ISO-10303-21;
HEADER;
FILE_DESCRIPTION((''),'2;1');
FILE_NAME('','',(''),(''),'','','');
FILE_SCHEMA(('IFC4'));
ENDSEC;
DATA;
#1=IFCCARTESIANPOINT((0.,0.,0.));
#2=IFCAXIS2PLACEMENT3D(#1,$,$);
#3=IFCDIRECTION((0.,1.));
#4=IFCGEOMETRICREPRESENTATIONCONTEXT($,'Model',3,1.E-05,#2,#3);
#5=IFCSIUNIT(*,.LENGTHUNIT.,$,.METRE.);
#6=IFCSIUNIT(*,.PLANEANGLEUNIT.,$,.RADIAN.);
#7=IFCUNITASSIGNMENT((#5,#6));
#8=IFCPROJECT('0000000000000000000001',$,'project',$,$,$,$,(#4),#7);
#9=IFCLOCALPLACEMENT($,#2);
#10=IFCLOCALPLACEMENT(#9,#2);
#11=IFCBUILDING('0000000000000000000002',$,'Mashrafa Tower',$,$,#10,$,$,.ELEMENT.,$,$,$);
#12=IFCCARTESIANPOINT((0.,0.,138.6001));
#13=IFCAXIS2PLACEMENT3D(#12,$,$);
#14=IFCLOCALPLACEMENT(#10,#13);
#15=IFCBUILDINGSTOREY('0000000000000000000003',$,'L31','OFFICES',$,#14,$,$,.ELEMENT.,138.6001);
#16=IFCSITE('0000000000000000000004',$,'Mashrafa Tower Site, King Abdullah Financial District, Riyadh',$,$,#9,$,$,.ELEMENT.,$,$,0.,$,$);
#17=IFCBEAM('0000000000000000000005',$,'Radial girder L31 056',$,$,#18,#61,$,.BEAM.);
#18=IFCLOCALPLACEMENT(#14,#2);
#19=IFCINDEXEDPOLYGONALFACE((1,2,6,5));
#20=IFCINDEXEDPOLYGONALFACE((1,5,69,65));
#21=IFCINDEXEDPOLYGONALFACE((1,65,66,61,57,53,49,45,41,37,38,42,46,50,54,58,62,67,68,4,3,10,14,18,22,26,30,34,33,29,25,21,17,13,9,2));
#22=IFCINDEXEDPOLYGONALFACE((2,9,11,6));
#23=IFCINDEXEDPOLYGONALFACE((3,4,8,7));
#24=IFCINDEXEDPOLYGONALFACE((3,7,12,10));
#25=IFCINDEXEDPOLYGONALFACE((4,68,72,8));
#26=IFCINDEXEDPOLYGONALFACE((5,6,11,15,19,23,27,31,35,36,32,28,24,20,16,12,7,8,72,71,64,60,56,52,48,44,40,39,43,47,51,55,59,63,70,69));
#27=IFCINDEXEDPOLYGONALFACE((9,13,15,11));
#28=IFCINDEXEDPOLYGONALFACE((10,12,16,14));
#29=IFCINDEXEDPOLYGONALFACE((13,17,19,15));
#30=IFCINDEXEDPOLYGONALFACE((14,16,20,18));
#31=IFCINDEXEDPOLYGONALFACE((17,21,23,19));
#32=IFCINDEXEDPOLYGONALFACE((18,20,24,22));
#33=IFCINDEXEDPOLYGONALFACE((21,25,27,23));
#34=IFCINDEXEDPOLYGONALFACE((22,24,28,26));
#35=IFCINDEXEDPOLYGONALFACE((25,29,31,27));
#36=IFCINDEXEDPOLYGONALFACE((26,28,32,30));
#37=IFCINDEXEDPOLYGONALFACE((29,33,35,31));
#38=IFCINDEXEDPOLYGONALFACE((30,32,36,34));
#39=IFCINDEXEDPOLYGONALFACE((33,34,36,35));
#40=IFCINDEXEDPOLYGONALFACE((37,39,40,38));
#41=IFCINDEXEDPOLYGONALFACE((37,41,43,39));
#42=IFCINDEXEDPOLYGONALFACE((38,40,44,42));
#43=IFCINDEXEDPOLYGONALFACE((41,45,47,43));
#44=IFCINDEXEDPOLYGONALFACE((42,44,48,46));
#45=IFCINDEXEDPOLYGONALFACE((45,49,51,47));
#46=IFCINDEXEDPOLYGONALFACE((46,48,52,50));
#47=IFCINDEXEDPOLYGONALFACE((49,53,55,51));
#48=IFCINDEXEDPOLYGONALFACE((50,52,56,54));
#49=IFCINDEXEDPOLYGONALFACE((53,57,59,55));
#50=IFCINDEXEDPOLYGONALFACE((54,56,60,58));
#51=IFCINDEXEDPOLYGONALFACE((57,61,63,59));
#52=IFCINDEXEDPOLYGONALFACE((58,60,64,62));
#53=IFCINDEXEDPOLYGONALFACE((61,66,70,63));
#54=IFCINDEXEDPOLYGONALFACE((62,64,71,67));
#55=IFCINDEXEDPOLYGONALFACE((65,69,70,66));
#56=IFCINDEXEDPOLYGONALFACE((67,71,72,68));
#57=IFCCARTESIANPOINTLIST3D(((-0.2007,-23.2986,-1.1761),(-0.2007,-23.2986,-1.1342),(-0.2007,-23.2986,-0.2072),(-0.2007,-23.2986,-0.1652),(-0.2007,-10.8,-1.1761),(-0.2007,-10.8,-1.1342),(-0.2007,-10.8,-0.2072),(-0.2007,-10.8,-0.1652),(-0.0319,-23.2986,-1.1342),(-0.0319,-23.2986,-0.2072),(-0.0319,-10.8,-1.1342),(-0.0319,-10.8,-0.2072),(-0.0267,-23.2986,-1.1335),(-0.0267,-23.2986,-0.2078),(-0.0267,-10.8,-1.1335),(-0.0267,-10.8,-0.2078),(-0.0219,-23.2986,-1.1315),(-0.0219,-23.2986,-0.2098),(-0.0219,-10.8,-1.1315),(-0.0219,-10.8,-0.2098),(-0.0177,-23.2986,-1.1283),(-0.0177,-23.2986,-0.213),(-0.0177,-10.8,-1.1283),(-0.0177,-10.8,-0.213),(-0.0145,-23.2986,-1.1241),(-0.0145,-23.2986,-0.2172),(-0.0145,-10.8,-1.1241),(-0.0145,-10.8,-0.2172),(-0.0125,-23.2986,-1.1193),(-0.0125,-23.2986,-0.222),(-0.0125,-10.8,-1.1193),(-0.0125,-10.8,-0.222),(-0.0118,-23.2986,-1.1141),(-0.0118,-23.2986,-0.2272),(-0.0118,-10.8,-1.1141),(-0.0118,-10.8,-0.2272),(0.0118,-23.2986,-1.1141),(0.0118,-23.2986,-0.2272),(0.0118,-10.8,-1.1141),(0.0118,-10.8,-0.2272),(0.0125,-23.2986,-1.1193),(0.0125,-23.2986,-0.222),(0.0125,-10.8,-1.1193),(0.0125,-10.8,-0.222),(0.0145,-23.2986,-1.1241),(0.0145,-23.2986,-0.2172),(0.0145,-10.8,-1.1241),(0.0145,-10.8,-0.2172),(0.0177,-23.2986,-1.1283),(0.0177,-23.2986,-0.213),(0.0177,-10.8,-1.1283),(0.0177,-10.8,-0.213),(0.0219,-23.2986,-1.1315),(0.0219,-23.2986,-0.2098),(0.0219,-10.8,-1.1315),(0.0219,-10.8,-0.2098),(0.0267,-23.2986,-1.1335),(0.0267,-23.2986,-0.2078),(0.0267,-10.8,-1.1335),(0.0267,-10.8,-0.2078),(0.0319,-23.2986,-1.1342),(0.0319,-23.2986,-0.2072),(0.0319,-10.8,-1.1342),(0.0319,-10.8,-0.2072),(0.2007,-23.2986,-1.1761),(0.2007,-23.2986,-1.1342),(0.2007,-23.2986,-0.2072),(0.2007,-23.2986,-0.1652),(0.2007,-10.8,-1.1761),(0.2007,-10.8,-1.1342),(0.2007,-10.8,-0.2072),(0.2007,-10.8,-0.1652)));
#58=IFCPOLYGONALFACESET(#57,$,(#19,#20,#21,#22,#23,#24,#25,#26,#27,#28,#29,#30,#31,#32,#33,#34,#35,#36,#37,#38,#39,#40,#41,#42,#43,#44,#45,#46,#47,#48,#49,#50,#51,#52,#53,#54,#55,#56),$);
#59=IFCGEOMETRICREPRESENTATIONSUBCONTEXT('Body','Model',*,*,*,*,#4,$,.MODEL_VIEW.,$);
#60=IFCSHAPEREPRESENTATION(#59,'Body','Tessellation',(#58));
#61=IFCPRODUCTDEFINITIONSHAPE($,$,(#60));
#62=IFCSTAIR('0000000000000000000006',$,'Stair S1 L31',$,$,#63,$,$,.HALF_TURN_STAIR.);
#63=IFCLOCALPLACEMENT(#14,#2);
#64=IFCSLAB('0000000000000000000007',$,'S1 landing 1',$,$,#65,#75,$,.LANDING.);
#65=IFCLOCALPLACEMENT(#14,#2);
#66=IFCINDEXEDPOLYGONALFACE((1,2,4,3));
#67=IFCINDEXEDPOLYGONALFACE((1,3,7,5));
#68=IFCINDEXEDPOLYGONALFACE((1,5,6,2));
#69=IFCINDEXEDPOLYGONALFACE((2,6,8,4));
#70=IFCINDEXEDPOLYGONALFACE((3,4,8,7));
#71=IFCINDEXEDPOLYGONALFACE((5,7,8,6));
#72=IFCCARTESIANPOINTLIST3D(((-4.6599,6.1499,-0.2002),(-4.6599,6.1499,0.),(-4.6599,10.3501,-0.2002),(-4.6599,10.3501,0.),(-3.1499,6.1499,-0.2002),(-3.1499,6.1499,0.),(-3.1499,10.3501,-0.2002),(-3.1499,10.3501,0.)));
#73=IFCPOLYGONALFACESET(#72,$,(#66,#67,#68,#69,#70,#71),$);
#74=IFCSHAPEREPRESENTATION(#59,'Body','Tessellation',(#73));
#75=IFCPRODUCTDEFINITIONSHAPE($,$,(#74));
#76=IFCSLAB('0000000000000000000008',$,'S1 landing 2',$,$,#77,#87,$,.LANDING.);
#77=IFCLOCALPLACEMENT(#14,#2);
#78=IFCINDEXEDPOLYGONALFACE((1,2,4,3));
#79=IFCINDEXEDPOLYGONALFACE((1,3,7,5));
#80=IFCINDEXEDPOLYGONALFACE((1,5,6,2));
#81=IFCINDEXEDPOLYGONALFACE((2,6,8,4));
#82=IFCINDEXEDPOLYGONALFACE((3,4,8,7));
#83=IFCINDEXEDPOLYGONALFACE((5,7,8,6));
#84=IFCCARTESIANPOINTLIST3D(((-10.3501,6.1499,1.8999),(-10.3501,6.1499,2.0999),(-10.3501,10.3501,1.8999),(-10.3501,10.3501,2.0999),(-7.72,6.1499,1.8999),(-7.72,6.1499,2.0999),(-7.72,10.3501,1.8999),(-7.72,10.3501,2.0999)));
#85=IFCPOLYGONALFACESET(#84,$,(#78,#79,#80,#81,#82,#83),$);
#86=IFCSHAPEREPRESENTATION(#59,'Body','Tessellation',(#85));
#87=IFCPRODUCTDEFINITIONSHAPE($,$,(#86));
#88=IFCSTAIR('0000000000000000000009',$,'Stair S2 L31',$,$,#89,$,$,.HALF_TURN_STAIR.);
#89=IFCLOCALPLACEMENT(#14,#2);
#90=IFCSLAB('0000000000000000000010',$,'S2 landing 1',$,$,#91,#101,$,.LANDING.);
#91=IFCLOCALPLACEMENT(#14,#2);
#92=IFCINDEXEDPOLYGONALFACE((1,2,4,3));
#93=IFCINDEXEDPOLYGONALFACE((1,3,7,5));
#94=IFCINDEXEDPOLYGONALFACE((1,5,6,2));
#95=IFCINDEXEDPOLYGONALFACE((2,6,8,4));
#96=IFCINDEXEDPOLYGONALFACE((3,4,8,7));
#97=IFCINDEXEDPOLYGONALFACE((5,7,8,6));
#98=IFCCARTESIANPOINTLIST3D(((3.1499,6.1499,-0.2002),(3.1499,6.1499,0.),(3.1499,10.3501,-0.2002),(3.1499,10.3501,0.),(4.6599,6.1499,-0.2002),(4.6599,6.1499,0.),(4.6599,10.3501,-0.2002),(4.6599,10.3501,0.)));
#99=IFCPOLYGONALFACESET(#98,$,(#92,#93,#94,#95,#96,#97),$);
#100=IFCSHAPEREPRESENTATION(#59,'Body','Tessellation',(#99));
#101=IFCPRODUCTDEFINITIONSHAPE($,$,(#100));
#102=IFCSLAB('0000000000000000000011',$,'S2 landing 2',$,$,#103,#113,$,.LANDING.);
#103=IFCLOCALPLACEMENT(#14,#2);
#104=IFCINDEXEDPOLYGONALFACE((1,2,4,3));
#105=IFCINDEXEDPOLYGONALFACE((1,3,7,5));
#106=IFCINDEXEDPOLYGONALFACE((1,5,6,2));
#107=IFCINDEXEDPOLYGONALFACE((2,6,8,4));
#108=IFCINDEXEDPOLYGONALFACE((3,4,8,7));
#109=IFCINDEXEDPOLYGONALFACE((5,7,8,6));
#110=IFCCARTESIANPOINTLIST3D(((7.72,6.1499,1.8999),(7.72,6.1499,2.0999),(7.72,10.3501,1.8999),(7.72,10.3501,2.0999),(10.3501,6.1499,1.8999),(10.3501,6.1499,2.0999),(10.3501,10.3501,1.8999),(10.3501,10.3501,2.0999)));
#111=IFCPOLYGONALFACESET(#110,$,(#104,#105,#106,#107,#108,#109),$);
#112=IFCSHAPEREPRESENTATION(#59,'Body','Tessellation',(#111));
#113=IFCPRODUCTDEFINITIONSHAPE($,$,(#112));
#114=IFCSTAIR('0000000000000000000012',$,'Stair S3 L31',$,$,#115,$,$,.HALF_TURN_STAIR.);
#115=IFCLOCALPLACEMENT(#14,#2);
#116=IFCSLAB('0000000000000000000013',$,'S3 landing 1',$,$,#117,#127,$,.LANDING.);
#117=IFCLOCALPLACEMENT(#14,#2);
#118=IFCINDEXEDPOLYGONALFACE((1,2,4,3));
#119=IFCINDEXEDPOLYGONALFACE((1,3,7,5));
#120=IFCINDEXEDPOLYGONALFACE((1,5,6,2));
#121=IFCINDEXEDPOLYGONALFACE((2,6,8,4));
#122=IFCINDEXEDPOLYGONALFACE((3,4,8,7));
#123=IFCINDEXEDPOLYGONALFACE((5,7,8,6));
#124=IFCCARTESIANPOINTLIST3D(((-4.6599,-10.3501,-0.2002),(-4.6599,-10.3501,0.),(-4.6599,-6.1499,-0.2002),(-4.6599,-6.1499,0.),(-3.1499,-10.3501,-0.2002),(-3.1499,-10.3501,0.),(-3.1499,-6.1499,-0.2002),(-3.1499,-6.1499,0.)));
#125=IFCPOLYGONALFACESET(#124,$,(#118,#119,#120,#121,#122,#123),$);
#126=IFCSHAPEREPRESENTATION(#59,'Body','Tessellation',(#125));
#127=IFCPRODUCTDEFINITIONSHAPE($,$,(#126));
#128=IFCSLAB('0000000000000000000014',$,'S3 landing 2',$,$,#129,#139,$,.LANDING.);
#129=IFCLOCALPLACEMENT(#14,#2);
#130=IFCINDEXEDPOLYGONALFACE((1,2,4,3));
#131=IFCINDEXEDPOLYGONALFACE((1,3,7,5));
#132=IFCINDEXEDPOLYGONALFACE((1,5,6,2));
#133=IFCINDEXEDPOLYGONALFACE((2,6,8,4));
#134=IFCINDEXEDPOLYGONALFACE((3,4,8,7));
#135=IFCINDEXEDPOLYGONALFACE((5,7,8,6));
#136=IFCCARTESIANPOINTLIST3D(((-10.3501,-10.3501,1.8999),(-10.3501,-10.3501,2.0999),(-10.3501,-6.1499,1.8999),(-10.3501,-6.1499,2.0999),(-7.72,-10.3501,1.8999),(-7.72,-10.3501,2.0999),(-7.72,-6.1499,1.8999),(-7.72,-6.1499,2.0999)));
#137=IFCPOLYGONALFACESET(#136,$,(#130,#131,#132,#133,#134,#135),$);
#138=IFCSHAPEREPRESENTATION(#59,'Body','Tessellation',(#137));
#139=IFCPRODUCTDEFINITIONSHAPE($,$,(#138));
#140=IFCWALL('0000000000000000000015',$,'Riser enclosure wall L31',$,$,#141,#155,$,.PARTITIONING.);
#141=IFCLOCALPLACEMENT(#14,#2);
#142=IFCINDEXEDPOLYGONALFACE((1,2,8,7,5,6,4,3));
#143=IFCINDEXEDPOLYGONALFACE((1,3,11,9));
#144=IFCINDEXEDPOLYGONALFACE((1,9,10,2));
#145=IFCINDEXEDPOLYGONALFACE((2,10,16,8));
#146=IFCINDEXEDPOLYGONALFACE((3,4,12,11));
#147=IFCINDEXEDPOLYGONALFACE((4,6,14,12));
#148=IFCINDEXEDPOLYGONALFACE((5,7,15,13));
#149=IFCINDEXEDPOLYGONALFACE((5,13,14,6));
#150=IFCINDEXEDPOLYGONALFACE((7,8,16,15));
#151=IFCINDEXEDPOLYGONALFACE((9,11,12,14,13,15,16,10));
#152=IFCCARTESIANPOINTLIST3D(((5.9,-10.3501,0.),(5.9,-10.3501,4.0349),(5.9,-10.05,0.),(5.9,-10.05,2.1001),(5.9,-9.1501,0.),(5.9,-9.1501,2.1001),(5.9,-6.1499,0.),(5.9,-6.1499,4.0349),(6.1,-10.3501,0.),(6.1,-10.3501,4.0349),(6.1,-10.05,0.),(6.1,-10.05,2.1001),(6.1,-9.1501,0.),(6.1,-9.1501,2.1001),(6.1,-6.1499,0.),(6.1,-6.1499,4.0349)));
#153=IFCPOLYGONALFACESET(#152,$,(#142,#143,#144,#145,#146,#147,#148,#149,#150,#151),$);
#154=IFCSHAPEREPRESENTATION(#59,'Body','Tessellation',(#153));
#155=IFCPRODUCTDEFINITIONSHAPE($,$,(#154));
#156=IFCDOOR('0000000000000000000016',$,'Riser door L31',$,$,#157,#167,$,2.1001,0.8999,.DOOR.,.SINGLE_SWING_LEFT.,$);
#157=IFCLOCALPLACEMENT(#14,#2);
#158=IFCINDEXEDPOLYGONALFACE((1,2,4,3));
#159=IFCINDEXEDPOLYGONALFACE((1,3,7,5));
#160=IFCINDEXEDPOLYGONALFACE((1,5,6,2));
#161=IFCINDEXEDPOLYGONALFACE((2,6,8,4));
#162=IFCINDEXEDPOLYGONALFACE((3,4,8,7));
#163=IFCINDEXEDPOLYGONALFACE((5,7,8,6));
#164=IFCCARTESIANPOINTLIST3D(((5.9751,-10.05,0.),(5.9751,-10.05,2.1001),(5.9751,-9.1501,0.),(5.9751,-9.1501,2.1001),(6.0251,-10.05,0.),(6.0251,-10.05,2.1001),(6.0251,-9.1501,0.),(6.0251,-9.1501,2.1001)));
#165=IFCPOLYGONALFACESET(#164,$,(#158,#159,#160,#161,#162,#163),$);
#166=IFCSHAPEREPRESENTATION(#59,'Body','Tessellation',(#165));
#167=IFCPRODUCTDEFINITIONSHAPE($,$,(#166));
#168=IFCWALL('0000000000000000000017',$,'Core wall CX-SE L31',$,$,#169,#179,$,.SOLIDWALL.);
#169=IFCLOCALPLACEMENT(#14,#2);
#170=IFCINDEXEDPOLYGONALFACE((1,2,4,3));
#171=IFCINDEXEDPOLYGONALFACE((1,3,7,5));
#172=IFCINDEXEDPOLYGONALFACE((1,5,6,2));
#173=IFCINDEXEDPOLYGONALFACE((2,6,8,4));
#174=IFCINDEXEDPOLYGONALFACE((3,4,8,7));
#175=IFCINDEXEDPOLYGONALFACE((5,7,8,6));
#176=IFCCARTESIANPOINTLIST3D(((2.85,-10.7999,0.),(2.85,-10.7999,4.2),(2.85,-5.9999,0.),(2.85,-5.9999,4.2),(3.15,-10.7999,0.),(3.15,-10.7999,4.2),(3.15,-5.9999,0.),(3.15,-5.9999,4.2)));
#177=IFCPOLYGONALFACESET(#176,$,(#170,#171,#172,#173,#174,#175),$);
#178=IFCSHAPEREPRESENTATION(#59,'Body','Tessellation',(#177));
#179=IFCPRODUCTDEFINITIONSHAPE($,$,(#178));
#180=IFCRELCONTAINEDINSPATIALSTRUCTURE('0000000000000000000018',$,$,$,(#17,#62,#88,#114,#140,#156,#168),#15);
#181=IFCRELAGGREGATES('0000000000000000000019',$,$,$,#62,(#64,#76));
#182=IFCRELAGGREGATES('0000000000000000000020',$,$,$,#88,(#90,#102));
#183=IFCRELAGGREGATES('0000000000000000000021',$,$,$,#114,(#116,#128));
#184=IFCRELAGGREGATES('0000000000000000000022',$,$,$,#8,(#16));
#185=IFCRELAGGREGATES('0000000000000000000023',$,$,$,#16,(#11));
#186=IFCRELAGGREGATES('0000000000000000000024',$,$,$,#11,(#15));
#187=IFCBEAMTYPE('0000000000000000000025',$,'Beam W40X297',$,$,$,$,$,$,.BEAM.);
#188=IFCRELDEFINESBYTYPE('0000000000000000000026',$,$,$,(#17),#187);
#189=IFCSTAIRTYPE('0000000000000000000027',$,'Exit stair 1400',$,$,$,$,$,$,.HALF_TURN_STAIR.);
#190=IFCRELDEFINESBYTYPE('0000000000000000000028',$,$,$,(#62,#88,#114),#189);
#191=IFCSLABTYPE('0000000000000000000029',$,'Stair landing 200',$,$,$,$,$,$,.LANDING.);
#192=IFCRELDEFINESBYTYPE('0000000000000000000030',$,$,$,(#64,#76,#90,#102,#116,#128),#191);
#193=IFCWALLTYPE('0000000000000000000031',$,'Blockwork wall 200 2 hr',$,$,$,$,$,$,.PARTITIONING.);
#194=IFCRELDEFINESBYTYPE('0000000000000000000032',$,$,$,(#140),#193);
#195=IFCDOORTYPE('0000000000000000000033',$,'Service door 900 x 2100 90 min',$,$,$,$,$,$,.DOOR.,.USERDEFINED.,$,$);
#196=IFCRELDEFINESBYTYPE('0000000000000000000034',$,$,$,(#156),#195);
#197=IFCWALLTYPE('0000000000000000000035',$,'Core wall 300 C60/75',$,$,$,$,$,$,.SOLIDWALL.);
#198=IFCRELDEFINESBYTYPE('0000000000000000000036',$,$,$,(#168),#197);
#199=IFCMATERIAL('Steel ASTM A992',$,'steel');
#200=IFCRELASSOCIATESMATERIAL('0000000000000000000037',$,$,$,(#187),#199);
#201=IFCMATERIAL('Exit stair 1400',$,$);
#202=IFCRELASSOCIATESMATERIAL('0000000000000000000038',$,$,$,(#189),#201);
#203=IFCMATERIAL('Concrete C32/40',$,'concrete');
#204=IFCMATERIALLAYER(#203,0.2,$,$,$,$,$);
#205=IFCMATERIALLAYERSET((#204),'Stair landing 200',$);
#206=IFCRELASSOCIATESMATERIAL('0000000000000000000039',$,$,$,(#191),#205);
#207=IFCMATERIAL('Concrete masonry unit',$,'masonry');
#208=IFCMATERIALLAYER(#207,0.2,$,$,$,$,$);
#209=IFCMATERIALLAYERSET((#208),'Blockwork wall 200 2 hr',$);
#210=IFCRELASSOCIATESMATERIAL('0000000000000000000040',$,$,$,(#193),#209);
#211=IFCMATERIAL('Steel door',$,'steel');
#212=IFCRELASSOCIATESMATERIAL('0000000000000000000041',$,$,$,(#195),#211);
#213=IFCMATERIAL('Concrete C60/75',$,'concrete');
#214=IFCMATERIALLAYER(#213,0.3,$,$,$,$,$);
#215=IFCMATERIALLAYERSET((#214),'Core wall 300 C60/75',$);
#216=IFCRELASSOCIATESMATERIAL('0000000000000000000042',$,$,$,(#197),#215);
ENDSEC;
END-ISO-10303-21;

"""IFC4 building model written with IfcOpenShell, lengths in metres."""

from ifc_helpers import new_model, si_unit, direction, frame, frame_2d, origin, origin_2d, place, context, subcontext, project, spatial, polyline, rectangle, i_section, outline, extrude, material, layer, layer_set, material_profile, profile_set, type_object, element, fill, aggregate, save


model = new_model("IFC4")

# Units and contexts
model_context = context("Model", 3, precision=1e-05, world=origin(), true_north=direction((0.0, 1.0)))
body_context = subcontext(model_context, "Body", "Model", "MODEL_VIEW")
ifc_project = project(units=[si_unit("LENGTHUNIT", "METRE"), si_unit("PLANEANGLEUNIT", "RADIAN")], contexts=[model_context])

# Site, building, storey
site_placement = place(None, origin())
site = spatial("IfcSite", under=ifc_project, at=site_placement, Name="Mashrafa Tower Site, King Abdullah Financial District, Riyadh", CompositionType="ELEMENT", RefElevation=0.0)
building_placement = place(site_placement, origin())
building = spatial("IfcBuilding", under=site, at=building_placement, Name="Mashrafa Tower", CompositionType="ELEMENT")
storey_placement = place(building_placement, frame((0.0, 0.0, 138.6001)))
storey = spatial("IfcBuildingStorey", under=building, at=storey_placement, Name="L31", Description="OFFICES", CompositionType="ELEMENT", Elevation=138.6001)

# Beam
ifc_material_1 = material(Name="Steel ASTM A992", Category="steel")
ifc_material_profile = material_profile(ifc_material_1, i_section(OverallWidth=0.4014, OverallDepth=1.011, WebThickness=0.0237, FlangeThickness=0.042, FilletRadius=0.02, at=origin_2d()), Name="W40X297")
ifc_profile_set = profile_set([ifc_material_profile], Name="Steel ASTM A992")
beam_type = type_object("IfcBeamType", Name="Beam W40X297", PredefinedType="BEAM", material=ifc_profile_set)
beam_placement = place(storey_placement, frame((0.0, -10.8, -0.6707), z_axis=(0.0, -1.0, 0.0), x_axis=(1.0, 0.0, 0.0)))
element("IfcBeam", 1, at=beam_placement, inside=storey, type_object=beam_type, Name="Radial girder L31 056", PredefinedType="BEAM", context=body_context, shape_type="SweptSolid", body=[
    extrude(i_section(OverallWidth=0.4014, OverallDepth=1.011, WebThickness=0.0237, FlangeThickness=0.042, FilletRadius=0.02, at=origin_2d()), origin(), (0.0, 0.0, 1.0), 12.4985),
])

# Stairs, slabs
ifc_material_2 = material(Name="Exit stair 1400")
stair_type = type_object("IfcStairType", Name="Exit stair 1400", PredefinedType="HALF_TURN_STAIR", material=ifc_material_2)
stair_1_placement = place(storey_placement, origin())
stair_1 = element("IfcStair", 2, at=stair_1_placement, inside=storey, type_object=stair_type, Name="Stair S1 L31", PredefinedType="HALF_TURN_STAIR")
ifc_material_3 = material(Name="Concrete C32/40", Category="concrete")
ifc_layer_1 = layer(ifc_material_3, 0.2)
ifc_layer_set_1 = layer_set([ifc_layer_1], Name="Stair landing 200")
slab_type = type_object("IfcSlabType", Name="Stair landing 200", PredefinedType="LANDING", material=ifc_layer_set_1)
slab_1_placement = place(storey_placement, frame((0.0, 0.0, -0.2002)))
slab_1 = element("IfcSlab", 3, at=slab_1_placement, type_object=slab_type, Name="S1 landing 1", PredefinedType="LANDING", context=body_context, shape_type="SweptSolid", body=[
    extrude(outline(polyline([(-4.6599, 6.1499), (-3.1499, 6.1499), (-3.1499, 10.3501), (-4.6599, 10.3501), (-4.6599, 6.1499)])), origin(), (0.0, 0.0, 1.0), 0.2002),
])
slab_2_placement = place(storey_placement, frame((0.0, 0.0, 1.8999)))
slab_2 = element("IfcSlab", 4, at=slab_2_placement, type_object=slab_type, Name="S1 landing 2", PredefinedType="LANDING", context=body_context, shape_type="SweptSolid", body=[
    extrude(outline(polyline([(-10.3501, 6.1499), (-7.72, 6.1499), (-7.72, 10.3501), (-10.3501, 10.3501), (-10.3501, 6.1499)])), origin(), (0.0, 0.0, 1.0), 0.2),
])
aggregate(stair_1, [slab_1, slab_2])
stair_2_placement = place(storey_placement, origin())
stair_2 = element("IfcStair", 5, at=stair_2_placement, inside=storey, type_object=stair_type, Name="Stair S2 L31", PredefinedType="HALF_TURN_STAIR")
slab_3_placement = place(storey_placement, frame((0.0, 0.0, -0.2002)))
slab_3 = element("IfcSlab", 6, at=slab_3_placement, type_object=slab_type, Name="S2 landing 1", PredefinedType="LANDING", context=body_context, shape_type="SweptSolid", body=[
    extrude(outline(polyline([(3.1499, 6.1499), (4.6599, 6.1499), (4.6599, 10.3501), (3.1499, 10.3501), (3.1499, 6.1499)])), origin(), (0.0, 0.0, 1.0), 0.2002),
])
slab_4_placement = place(storey_placement, frame((0.0, 0.0, 1.8999)))
slab_4 = element("IfcSlab", 7, at=slab_4_placement, type_object=slab_type, Name="S2 landing 2", PredefinedType="LANDING", context=body_context, shape_type="SweptSolid", body=[
    extrude(outline(polyline([(7.72, 6.1499), (10.3501, 6.1499), (10.3501, 10.3501), (7.72, 10.3501), (7.72, 6.1499)])), origin(), (0.0, 0.0, 1.0), 0.2),
])
aggregate(stair_2, [slab_3, slab_4])
stair_3_placement = place(storey_placement, origin())
stair_3 = element("IfcStair", 8, at=stair_3_placement, inside=storey, type_object=stair_type, Name="Stair S3 L31", PredefinedType="HALF_TURN_STAIR")
slab_5_placement = place(storey_placement, frame((0.0, 0.0, -0.2002)))
slab_5 = element("IfcSlab", 9, at=slab_5_placement, type_object=slab_type, Name="S3 landing 1", PredefinedType="LANDING", context=body_context, shape_type="SweptSolid", body=[
    extrude(outline(polyline([(-4.6599, -10.3501), (-3.1499, -10.3501), (-3.1499, -6.1499), (-4.6599, -6.1499), (-4.6599, -10.3501)])), origin(), (0.0, 0.0, 1.0), 0.2002),
])
slab_6_placement = place(storey_placement, frame((0.0, 0.0, 1.8999)))
slab_6 = element("IfcSlab", 10, at=slab_6_placement, type_object=slab_type, Name="S3 landing 2", PredefinedType="LANDING", context=body_context, shape_type="SweptSolid", body=[
    extrude(outline(polyline([(-10.3501, -10.3501), (-7.72, -10.3501), (-7.72, -6.1499), (-10.3501, -6.1499), (-10.3501, -10.3501)])), origin(), (0.0, 0.0, 1.0), 0.2),
])
aggregate(stair_3, [slab_5, slab_6])

# Wall, opening, door
ifc_material_4 = material(Name="Concrete masonry unit", Category="masonry")
ifc_layer_2 = layer(ifc_material_4, 0.2)
ifc_layer_set_2 = layer_set([ifc_layer_2], Name="Blockwork wall 200 2 hr")
wall_type_1 = type_object("IfcWallType", Name="Blockwork wall 200 2 hr", PredefinedType="PARTITIONING", material=ifc_layer_set_2)
wall_1_placement = place(storey_placement, frame((6.0, -10.3501, 0.0), z_axis=(0.0, 0.0, 1.0), x_axis=(0.0, 1.0, 0.0)))
wall_1 = element("IfcWall", 11, at=wall_1_placement, inside=storey, type_object=wall_type_1, Name="Riser enclosure wall L31", PredefinedType="PARTITIONING", context=body_context, shape_type="SweptSolid", body=[
    extrude(rectangle(XDim=4.2002, YDim=0.2, at=frame_2d((2.1001, 0.0))), origin(), (0.0, 0.0, 1.0), 4.0349),
])
opening_1_placement = place(wall_1_placement, frame((0.3, 0.0, 0.0)))
opening_1 = element("IfcOpeningElement", 12, at=opening_1_placement, cuts=wall_1, PredefinedType="OPENING", context=body_context, shape_type="SweptSolid", body=[
    extrude(rectangle(XDim=0.8999, YDim=2.1001, at=frame_2d((0.45, 1.05))), frame((0.0, 0.1099, 0.0), z_axis=(0.0, -1.0, 0.0), x_axis=(1.0, 0.0, 0.0)), (0.0, 0.0, 1.0), 0.22),
])
ifc_material_5 = material(Name="Steel door", Category="steel")
door_type_1 = type_object("IfcDoorType", Name="Service door 900 x 2100 90 min", OperationType="USERDEFINED", PredefinedType="DOOR", material=ifc_material_5)
door_1_placement = place(opening_1_placement, origin())
door_1 = element("IfcDoor", 13, at=door_1_placement, inside=storey, type_object=door_type_1, Name="Riser door L31", OperationType="SINGLE_SWING_LEFT", OverallHeight=2.1001, OverallWidth=0.8999, PredefinedType="DOOR", context=body_context, shape_type="SweptSolid", body=[
    extrude(rectangle(XDim=0.8999, YDim=2.1001, at=frame_2d((0.45, 1.05))), frame((0.0, 0.0249, 0.0), z_axis=(0.0, -1.0, 0.0), x_axis=(1.0, 0.0, 0.0)), (0.0, 0.0, 1.0), 0.05),
])
fill(opening_1, door_1)

# Wall
ifc_material_6 = material(Name="Concrete C60/75", Category="concrete")
ifc_layer_3 = layer(ifc_material_6, 0.3)
ifc_layer_set_3 = layer_set([ifc_layer_3], Name="Core wall 300 C60/75")
wall_type_2 = type_object("IfcWallType", Name="Core wall 300 C60/75", PredefinedType="SOLIDWALL", material=ifc_layer_set_3)
wall_2_placement = place(storey_placement, frame((3.0, -6.0, 0.0), z_axis=(0.0, 0.0, 1.0), x_axis=(0.0, -1.0, 0.0)))
element("IfcWall", 14, at=wall_2_placement, inside=storey, type_object=wall_type_2, Name="Core wall CX-SE L31", PredefinedType="SOLIDWALL", context=body_context, shape_type="SweptSolid", body=[
    extrude(rectangle(XDim=4.8, YDim=0.3, at=frame_2d((2.3999, 0.0))), origin(), (0.0, 0.0, 1.0), 4.2),
])

save(model, "model.ifc")
